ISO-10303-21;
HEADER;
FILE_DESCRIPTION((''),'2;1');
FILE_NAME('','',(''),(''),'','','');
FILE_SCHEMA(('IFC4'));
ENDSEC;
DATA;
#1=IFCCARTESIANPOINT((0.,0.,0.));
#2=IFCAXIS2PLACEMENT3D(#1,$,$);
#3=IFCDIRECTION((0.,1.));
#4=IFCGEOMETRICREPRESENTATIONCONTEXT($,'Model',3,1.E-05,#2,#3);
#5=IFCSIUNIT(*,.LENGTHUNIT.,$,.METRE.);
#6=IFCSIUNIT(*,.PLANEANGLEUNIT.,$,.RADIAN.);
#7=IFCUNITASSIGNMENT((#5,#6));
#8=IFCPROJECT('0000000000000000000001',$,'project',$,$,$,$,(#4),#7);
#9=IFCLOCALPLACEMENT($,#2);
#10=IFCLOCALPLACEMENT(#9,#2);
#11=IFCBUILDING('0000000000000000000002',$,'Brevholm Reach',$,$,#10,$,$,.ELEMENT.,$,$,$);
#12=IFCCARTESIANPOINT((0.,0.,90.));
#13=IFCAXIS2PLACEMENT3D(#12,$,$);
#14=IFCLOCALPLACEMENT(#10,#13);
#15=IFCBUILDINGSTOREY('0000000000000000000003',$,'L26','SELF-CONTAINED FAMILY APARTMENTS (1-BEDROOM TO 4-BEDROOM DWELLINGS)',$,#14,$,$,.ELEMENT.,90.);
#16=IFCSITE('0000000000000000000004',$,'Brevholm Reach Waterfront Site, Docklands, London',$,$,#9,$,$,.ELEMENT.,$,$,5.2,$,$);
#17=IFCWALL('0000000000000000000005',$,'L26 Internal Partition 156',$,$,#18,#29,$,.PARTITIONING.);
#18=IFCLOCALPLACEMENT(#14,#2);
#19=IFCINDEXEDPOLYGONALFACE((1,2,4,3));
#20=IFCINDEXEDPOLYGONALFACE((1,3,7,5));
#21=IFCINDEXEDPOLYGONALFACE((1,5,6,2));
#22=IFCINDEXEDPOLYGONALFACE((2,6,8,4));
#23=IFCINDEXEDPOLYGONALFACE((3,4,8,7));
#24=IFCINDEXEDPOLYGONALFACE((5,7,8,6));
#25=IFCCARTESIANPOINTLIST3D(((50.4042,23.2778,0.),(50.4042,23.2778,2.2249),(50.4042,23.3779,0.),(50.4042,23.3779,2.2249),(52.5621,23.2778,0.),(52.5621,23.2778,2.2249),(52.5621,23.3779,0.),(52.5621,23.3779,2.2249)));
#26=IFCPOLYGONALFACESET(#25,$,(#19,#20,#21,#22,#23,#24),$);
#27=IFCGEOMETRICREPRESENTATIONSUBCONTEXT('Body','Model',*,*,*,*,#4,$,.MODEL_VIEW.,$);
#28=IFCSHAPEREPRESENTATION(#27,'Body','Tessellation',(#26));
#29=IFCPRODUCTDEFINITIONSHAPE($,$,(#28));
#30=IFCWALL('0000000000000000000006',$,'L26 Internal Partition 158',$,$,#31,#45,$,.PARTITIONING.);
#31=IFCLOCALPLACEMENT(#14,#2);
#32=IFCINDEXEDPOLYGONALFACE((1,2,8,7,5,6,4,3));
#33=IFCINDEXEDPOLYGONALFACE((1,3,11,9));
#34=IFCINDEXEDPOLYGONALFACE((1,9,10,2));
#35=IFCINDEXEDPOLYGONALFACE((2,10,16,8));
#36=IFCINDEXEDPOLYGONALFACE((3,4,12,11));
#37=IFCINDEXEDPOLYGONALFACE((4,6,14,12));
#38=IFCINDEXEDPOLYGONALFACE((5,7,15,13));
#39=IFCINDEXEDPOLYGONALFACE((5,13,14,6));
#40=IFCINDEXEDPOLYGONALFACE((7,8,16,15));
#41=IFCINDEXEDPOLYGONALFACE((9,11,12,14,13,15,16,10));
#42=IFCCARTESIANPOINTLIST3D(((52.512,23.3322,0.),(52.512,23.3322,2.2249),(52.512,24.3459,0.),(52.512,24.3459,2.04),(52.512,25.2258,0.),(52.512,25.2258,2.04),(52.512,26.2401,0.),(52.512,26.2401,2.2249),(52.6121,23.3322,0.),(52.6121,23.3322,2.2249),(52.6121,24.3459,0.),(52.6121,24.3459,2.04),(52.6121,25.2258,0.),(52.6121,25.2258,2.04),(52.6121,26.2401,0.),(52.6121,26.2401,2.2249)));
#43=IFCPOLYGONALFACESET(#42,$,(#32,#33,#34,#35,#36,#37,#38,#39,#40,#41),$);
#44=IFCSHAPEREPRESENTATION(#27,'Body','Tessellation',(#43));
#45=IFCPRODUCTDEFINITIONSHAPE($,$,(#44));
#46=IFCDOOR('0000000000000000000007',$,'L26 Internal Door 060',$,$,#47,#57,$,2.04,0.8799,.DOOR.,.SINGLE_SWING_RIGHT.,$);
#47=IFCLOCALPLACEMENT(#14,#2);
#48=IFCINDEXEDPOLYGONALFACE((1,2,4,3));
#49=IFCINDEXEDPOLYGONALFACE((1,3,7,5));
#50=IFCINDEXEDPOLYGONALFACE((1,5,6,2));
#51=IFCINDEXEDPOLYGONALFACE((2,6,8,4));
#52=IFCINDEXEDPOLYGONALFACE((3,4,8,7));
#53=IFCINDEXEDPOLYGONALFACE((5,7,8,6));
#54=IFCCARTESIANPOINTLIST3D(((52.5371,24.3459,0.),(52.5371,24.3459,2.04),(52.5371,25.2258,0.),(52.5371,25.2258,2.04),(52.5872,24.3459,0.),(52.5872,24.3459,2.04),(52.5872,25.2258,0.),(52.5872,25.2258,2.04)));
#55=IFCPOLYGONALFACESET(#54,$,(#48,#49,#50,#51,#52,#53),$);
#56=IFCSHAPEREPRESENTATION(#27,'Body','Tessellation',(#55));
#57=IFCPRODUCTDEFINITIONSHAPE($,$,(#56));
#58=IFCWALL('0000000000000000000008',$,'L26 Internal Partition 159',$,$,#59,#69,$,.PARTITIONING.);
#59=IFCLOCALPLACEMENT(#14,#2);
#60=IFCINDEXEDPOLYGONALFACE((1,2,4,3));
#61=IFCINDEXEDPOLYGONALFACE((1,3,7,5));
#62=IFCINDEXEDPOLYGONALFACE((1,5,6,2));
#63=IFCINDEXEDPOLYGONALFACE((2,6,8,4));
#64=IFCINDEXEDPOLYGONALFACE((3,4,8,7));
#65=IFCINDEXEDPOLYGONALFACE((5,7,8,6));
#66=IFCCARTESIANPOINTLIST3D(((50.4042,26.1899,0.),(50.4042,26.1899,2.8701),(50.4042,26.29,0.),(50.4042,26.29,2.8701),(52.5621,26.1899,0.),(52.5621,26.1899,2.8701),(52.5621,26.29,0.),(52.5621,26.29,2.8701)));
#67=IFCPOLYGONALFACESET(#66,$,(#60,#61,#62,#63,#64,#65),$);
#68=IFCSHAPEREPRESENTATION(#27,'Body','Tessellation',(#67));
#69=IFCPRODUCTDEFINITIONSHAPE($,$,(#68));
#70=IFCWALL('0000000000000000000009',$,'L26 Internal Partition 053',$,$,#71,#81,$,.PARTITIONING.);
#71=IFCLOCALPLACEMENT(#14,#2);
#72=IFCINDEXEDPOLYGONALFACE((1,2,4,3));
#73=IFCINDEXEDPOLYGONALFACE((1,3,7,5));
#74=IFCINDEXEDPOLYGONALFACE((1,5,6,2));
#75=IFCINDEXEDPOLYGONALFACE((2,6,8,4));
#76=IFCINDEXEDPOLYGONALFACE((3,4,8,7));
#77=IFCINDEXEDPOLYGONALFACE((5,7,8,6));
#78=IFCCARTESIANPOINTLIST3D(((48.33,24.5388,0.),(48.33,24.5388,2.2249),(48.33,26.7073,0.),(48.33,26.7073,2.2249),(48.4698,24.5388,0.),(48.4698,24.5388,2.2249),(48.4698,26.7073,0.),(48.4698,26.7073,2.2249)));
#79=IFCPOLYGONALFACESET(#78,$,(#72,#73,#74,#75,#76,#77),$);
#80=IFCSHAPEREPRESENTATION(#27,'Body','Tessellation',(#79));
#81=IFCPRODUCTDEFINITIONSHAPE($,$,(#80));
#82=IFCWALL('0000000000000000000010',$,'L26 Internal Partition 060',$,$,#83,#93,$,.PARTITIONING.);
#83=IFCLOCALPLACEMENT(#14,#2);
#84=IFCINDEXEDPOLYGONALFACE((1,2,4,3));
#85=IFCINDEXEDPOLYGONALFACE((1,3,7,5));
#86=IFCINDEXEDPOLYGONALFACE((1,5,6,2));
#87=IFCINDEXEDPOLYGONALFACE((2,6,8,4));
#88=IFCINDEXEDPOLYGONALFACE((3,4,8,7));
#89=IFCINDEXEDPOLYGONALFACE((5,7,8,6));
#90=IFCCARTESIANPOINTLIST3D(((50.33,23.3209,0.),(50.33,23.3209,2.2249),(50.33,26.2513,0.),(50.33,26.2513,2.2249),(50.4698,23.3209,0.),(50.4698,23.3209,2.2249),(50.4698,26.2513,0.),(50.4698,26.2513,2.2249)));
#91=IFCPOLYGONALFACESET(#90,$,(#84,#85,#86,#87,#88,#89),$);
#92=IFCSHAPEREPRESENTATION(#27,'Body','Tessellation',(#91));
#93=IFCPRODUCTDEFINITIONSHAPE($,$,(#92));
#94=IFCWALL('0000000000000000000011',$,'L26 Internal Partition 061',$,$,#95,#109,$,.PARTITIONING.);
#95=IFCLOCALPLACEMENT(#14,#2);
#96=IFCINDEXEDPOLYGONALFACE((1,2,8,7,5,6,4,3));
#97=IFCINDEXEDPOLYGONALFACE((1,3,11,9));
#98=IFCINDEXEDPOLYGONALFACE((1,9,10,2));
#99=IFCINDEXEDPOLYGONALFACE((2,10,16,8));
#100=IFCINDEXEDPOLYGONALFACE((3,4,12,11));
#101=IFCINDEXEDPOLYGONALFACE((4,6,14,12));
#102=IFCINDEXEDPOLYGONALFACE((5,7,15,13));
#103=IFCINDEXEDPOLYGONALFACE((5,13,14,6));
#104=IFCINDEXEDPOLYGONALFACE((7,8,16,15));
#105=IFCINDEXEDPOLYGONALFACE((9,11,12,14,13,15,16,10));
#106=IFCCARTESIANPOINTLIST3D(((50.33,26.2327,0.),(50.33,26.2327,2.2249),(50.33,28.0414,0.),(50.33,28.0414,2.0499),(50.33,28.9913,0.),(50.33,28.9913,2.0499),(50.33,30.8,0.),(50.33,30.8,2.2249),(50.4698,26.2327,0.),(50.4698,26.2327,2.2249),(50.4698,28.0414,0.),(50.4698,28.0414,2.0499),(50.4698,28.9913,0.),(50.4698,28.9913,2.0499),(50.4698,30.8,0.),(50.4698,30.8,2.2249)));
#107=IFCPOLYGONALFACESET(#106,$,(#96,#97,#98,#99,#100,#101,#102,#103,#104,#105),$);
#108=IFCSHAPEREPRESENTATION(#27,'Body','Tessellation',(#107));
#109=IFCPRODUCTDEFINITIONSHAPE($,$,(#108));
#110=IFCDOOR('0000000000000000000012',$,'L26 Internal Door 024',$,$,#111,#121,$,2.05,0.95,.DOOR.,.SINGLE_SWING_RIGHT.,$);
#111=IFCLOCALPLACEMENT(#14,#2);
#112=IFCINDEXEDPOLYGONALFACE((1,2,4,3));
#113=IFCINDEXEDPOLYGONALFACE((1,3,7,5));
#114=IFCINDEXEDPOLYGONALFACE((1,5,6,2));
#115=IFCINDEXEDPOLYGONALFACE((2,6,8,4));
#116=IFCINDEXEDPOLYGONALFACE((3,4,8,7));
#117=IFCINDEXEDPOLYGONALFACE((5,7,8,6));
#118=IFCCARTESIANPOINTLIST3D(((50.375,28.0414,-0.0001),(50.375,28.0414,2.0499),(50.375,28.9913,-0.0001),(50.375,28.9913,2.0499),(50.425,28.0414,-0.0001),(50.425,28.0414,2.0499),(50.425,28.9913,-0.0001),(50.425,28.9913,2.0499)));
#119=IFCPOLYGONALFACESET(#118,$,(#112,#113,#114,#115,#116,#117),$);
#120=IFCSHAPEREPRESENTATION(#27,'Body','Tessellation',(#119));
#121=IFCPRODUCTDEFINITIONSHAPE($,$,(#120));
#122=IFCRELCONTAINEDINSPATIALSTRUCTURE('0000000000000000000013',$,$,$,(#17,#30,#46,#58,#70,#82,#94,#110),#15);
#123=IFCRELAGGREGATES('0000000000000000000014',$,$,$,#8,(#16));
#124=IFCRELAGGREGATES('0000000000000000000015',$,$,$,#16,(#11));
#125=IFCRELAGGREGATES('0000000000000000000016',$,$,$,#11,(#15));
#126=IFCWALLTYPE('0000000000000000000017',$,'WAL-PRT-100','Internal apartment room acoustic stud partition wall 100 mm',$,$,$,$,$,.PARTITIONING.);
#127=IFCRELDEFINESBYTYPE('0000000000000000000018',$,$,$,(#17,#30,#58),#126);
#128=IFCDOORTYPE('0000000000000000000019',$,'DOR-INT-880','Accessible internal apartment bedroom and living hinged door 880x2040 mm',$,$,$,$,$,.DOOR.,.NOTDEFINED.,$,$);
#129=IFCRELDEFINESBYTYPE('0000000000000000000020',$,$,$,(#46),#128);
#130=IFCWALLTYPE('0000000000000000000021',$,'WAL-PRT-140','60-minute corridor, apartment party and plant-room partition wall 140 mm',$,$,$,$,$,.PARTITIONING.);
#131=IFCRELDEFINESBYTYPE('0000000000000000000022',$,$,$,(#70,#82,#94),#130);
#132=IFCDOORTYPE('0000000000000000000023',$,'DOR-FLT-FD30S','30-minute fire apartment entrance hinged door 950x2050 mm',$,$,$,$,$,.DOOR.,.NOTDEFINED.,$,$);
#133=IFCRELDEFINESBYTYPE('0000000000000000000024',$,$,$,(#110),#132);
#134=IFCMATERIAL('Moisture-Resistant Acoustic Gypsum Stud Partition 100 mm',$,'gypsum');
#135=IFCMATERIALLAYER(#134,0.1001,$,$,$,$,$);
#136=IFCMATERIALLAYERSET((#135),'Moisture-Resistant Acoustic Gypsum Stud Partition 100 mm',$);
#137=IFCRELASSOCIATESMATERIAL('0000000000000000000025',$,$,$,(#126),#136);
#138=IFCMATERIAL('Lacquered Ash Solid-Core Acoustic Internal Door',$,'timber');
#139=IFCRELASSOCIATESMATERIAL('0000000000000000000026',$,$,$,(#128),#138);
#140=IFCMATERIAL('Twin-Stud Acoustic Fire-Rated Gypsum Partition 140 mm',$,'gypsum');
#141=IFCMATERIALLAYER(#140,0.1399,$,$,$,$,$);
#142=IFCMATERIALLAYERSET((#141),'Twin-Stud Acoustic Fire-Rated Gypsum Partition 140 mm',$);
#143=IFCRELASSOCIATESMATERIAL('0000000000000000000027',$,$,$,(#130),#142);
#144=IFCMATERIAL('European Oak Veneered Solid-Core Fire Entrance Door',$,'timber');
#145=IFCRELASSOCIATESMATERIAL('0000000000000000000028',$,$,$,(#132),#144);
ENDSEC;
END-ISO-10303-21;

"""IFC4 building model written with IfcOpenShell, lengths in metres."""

from ifc_helpers import new_model, si_unit, direction, frame, frame_2d, origin, place, context, subcontext, project, spatial, rectangle, extrude, material, layer, layer_set, type_object, element, fill, save


model = new_model("IFC4")

# Units and contexts
model_context = context("Model", 3, precision=1e-05, world=origin(), true_north=direction((0.0, 1.0)))
body_context = subcontext(model_context, "Body", "Model", "MODEL_VIEW")
ifc_project = project(units=[si_unit("LENGTHUNIT", "METRE"), si_unit("PLANEANGLEUNIT", "RADIAN")], contexts=[model_context])

# Site, building, storey
site_placement = place(None, origin())
site = spatial("IfcSite", under=ifc_project, at=site_placement, Name="Brevholm Reach Waterfront Site, Docklands, London", CompositionType="ELEMENT", RefElevation=5.2)
building_placement = place(site_placement, origin())
building = spatial("IfcBuilding", under=site, at=building_placement, Name="Brevholm Reach", CompositionType="ELEMENT")
storey_placement = place(building_placement, frame((0.0, 0.0, 90.0)))
storey = spatial("IfcBuildingStorey", under=building, at=storey_placement, Name="L26", Description="SELF-CONTAINED FAMILY APARTMENTS (1-BEDROOM TO 4-BEDROOM DWELLINGS)", CompositionType="ELEMENT", Elevation=90.0)

# Wall
ifc_material_1 = material(Name="Moisture-Resistant Acoustic Gypsum Stud Partition 100 mm", Category="gypsum")
ifc_layer_1 = layer(ifc_material_1, 0.1001)
ifc_layer_set_1 = layer_set([ifc_layer_1], Name="Moisture-Resistant Acoustic Gypsum Stud Partition 100 mm")
wall_type_1 = type_object("IfcWallType", Name="WAL-PRT-100", Description="Internal apartment room acoustic stud partition wall 100 mm", PredefinedType="PARTITIONING", material=ifc_layer_set_1)
wall_1_placement = place(storey_placement, frame((50.4041, 23.3279, 0.0), z_axis=(0.0, 0.0, 1.0), x_axis=(1.0, 0.0, 0.0)))
element("IfcWall", 1, at=wall_1_placement, inside=storey, type_object=wall_type_1, Name="L26 Internal Partition 156", PredefinedType="PARTITIONING", context=body_context, shape_type="SweptSolid", body=[
    extrude(rectangle(XDim=2.158, YDim=0.1001, at=frame_2d((1.0791, 0.0))), origin(), (0.0, 0.0, 1.0), 2.2249),
])

# Wall, opening, door
wall_2_placement = place(storey_placement, frame((52.562, 23.332, 0.0), z_axis=(0.0, 0.0, 1.0), x_axis=(0.0, 1.0, 0.0)))
wall_2 = element("IfcWall", 2, at=wall_2_placement, inside=storey, type_object=wall_type_1, Name="L26 Internal Partition 158", PredefinedType="PARTITIONING", context=body_context, shape_type="SweptSolid", body=[
    extrude(rectangle(XDim=2.908, YDim=0.1001, at=frame_2d((1.4541, 0.0))), origin(), (0.0, 0.0, 1.0), 2.2249),
])
opening_1_placement = place(wall_2_placement, frame((1.0139, 0.0, 0.0)))
opening_1 = element("IfcOpeningElement", 3, at=opening_1_placement, cuts=wall_2, PredefinedType="OPENING", context=body_context, shape_type="SweptSolid", body=[
    extrude(rectangle(XDim=0.8799, YDim=2.04, at=frame_2d((0.4399, 1.02))), frame((0.0, 0.0601, 0.0), z_axis=(0.0, -1.0, 0.0), x_axis=(1.0, 0.0, 0.0)), (0.0, 0.0, 1.0), 0.1201),
])
ifc_material_2 = material(Name="Lacquered Ash Solid-Core Acoustic Internal Door", Category="timber")
door_type_1 = type_object("IfcDoorType", Name="DOR-INT-880", Description="Accessible internal apartment bedroom and living hinged door 880x2040 mm", OperationType="NOTDEFINED", PredefinedType="DOOR", material=ifc_material_2)
door_1_placement = place(opening_1_placement, origin())
door_1 = element("IfcDoor", 4, at=door_1_placement, inside=storey, type_object=door_type_1, Name="L26 Internal Door 060", OperationType="SINGLE_SWING_RIGHT", OverallHeight=2.04, OverallWidth=0.8799, PredefinedType="DOOR", context=body_context, shape_type="SweptSolid", body=[
    extrude(rectangle(XDim=0.8799, YDim=2.04, at=frame_2d((0.4399, 1.02))), frame((0.0, 0.0249, 0.0), z_axis=(0.0, -1.0, 0.0), x_axis=(1.0, 0.0, 0.0)), (0.0, 0.0, 1.0), 0.05),
])
fill(opening_1, door_1)

# Walls
wall_3_placement = place(storey_placement, frame((50.4041, 26.24, 0.0), z_axis=(0.0, 0.0, 1.0), x_axis=(1.0, 0.0, 0.0)))
element("IfcWall", 5, at=wall_3_placement, inside=storey, type_object=wall_type_1, Name="L26 Internal Partition 159", PredefinedType="PARTITIONING", context=body_context, shape_type="SweptSolid", body=[
    extrude(rectangle(XDim=2.158, YDim=0.1001, at=frame_2d((1.0791, 0.0))), origin(), (0.0, 0.0, 1.0), 2.8701),
])
ifc_material_3 = material(Name="Twin-Stud Acoustic Fire-Rated Gypsum Partition 140 mm", Category="gypsum")
ifc_layer_2 = layer(ifc_material_3, 0.1399)
ifc_layer_set_2 = layer_set([ifc_layer_2], Name="Twin-Stud Acoustic Fire-Rated Gypsum Partition 140 mm")
wall_type_2 = type_object("IfcWallType", Name="WAL-PRT-140", Description="60-minute corridor, apartment party and plant-room partition wall 140 mm", PredefinedType="PARTITIONING", material=ifc_layer_set_2)
wall_4_placement = place(storey_placement, frame((48.3999, 24.5388, 0.0), z_axis=(0.0, 0.0, 1.0), x_axis=(0.0, 1.0, 0.0)))
element("IfcWall", 6, at=wall_4_placement, inside=storey, type_object=wall_type_2, Name="L26 Internal Partition 053", PredefinedType="PARTITIONING", context=body_context, shape_type="SweptSolid", body=[
    extrude(rectangle(XDim=2.1685, YDim=0.1399, at=frame_2d((1.0842, 0.0))), origin(), (0.0, 0.0, 1.0), 2.2249),
])
wall_5_placement = place(storey_placement, frame((50.3999, 23.3208, 0.0), z_axis=(0.0, 0.0, 1.0), x_axis=(0.0, 1.0, 0.0)))
element("IfcWall", 7, at=wall_5_placement, inside=storey, type_object=wall_type_2, Name="L26 Internal Partition 060", PredefinedType="PARTITIONING", context=body_context, shape_type="SweptSolid", body=[
    extrude(rectangle(XDim=2.9304, YDim=0.1399, at=frame_2d((1.4653, 0.0))), origin(), (0.0, 0.0, 1.0), 2.2249),
])

# Wall, opening, door
wall_6_placement = place(storey_placement, frame((50.3999, 26.2327, 0.0), z_axis=(0.0, 0.0, 1.0), x_axis=(0.0, 1.0, 0.0)))
wall_6 = element("IfcWall", 8, at=wall_6_placement, inside=storey, type_object=wall_type_2, Name="L26 Internal Partition 061", PredefinedType="PARTITIONING", context=body_context, shape_type="SweptSolid", body=[
    extrude(rectangle(XDim=4.5674, YDim=0.1399, at=frame_2d((2.2837, 0.0))), origin(), (0.0, 0.0, 1.0), 2.2249),
])
opening_2_placement = place(wall_6_placement, frame((1.8086, 0.0, 0.0)))
opening_2 = element("IfcOpeningElement", 9, at=opening_2_placement, cuts=wall_6, PredefinedType="OPENING", context=body_context, shape_type="SweptSolid", body=[
    extrude(rectangle(XDim=0.95, YDim=2.05, at=frame_2d((0.4751, 1.0249))), frame((0.0, 0.0798, 0.0), z_axis=(0.0, -1.0, 0.0), x_axis=(1.0, 0.0, 0.0)), (0.0, 0.0, 1.0), 0.1599),
])
ifc_material_4 = material(Name="European Oak Veneered Solid-Core Fire Entrance Door", Category="timber")
door_type_2 = type_object("IfcDoorType", Name="DOR-FLT-FD30S", Description="30-minute fire apartment entrance hinged door 950x2050 mm", OperationType="NOTDEFINED", PredefinedType="DOOR", material=ifc_material_4)
door_2_placement = place(opening_2_placement, origin())
door_2 = element("IfcDoor", 10, at=door_2_placement, inside=storey, type_object=door_type_2, Name="L26 Internal Door 024", OperationType="SINGLE_SWING_RIGHT", OverallHeight=2.05, OverallWidth=0.95, PredefinedType="DOOR", context=body_context, shape_type="SweptSolid", body=[
    extrude(rectangle(XDim=0.95, YDim=2.05, at=frame_2d((0.4751, 1.0249))), frame((0.0, 0.0249, 0.0), z_axis=(0.0, -1.0, 0.0), x_axis=(1.0, 0.0, 0.0)), (0.0, 0.0, 1.0), 0.05),
])
fill(opening_2, door_2)

save(model, "model.ifc")
